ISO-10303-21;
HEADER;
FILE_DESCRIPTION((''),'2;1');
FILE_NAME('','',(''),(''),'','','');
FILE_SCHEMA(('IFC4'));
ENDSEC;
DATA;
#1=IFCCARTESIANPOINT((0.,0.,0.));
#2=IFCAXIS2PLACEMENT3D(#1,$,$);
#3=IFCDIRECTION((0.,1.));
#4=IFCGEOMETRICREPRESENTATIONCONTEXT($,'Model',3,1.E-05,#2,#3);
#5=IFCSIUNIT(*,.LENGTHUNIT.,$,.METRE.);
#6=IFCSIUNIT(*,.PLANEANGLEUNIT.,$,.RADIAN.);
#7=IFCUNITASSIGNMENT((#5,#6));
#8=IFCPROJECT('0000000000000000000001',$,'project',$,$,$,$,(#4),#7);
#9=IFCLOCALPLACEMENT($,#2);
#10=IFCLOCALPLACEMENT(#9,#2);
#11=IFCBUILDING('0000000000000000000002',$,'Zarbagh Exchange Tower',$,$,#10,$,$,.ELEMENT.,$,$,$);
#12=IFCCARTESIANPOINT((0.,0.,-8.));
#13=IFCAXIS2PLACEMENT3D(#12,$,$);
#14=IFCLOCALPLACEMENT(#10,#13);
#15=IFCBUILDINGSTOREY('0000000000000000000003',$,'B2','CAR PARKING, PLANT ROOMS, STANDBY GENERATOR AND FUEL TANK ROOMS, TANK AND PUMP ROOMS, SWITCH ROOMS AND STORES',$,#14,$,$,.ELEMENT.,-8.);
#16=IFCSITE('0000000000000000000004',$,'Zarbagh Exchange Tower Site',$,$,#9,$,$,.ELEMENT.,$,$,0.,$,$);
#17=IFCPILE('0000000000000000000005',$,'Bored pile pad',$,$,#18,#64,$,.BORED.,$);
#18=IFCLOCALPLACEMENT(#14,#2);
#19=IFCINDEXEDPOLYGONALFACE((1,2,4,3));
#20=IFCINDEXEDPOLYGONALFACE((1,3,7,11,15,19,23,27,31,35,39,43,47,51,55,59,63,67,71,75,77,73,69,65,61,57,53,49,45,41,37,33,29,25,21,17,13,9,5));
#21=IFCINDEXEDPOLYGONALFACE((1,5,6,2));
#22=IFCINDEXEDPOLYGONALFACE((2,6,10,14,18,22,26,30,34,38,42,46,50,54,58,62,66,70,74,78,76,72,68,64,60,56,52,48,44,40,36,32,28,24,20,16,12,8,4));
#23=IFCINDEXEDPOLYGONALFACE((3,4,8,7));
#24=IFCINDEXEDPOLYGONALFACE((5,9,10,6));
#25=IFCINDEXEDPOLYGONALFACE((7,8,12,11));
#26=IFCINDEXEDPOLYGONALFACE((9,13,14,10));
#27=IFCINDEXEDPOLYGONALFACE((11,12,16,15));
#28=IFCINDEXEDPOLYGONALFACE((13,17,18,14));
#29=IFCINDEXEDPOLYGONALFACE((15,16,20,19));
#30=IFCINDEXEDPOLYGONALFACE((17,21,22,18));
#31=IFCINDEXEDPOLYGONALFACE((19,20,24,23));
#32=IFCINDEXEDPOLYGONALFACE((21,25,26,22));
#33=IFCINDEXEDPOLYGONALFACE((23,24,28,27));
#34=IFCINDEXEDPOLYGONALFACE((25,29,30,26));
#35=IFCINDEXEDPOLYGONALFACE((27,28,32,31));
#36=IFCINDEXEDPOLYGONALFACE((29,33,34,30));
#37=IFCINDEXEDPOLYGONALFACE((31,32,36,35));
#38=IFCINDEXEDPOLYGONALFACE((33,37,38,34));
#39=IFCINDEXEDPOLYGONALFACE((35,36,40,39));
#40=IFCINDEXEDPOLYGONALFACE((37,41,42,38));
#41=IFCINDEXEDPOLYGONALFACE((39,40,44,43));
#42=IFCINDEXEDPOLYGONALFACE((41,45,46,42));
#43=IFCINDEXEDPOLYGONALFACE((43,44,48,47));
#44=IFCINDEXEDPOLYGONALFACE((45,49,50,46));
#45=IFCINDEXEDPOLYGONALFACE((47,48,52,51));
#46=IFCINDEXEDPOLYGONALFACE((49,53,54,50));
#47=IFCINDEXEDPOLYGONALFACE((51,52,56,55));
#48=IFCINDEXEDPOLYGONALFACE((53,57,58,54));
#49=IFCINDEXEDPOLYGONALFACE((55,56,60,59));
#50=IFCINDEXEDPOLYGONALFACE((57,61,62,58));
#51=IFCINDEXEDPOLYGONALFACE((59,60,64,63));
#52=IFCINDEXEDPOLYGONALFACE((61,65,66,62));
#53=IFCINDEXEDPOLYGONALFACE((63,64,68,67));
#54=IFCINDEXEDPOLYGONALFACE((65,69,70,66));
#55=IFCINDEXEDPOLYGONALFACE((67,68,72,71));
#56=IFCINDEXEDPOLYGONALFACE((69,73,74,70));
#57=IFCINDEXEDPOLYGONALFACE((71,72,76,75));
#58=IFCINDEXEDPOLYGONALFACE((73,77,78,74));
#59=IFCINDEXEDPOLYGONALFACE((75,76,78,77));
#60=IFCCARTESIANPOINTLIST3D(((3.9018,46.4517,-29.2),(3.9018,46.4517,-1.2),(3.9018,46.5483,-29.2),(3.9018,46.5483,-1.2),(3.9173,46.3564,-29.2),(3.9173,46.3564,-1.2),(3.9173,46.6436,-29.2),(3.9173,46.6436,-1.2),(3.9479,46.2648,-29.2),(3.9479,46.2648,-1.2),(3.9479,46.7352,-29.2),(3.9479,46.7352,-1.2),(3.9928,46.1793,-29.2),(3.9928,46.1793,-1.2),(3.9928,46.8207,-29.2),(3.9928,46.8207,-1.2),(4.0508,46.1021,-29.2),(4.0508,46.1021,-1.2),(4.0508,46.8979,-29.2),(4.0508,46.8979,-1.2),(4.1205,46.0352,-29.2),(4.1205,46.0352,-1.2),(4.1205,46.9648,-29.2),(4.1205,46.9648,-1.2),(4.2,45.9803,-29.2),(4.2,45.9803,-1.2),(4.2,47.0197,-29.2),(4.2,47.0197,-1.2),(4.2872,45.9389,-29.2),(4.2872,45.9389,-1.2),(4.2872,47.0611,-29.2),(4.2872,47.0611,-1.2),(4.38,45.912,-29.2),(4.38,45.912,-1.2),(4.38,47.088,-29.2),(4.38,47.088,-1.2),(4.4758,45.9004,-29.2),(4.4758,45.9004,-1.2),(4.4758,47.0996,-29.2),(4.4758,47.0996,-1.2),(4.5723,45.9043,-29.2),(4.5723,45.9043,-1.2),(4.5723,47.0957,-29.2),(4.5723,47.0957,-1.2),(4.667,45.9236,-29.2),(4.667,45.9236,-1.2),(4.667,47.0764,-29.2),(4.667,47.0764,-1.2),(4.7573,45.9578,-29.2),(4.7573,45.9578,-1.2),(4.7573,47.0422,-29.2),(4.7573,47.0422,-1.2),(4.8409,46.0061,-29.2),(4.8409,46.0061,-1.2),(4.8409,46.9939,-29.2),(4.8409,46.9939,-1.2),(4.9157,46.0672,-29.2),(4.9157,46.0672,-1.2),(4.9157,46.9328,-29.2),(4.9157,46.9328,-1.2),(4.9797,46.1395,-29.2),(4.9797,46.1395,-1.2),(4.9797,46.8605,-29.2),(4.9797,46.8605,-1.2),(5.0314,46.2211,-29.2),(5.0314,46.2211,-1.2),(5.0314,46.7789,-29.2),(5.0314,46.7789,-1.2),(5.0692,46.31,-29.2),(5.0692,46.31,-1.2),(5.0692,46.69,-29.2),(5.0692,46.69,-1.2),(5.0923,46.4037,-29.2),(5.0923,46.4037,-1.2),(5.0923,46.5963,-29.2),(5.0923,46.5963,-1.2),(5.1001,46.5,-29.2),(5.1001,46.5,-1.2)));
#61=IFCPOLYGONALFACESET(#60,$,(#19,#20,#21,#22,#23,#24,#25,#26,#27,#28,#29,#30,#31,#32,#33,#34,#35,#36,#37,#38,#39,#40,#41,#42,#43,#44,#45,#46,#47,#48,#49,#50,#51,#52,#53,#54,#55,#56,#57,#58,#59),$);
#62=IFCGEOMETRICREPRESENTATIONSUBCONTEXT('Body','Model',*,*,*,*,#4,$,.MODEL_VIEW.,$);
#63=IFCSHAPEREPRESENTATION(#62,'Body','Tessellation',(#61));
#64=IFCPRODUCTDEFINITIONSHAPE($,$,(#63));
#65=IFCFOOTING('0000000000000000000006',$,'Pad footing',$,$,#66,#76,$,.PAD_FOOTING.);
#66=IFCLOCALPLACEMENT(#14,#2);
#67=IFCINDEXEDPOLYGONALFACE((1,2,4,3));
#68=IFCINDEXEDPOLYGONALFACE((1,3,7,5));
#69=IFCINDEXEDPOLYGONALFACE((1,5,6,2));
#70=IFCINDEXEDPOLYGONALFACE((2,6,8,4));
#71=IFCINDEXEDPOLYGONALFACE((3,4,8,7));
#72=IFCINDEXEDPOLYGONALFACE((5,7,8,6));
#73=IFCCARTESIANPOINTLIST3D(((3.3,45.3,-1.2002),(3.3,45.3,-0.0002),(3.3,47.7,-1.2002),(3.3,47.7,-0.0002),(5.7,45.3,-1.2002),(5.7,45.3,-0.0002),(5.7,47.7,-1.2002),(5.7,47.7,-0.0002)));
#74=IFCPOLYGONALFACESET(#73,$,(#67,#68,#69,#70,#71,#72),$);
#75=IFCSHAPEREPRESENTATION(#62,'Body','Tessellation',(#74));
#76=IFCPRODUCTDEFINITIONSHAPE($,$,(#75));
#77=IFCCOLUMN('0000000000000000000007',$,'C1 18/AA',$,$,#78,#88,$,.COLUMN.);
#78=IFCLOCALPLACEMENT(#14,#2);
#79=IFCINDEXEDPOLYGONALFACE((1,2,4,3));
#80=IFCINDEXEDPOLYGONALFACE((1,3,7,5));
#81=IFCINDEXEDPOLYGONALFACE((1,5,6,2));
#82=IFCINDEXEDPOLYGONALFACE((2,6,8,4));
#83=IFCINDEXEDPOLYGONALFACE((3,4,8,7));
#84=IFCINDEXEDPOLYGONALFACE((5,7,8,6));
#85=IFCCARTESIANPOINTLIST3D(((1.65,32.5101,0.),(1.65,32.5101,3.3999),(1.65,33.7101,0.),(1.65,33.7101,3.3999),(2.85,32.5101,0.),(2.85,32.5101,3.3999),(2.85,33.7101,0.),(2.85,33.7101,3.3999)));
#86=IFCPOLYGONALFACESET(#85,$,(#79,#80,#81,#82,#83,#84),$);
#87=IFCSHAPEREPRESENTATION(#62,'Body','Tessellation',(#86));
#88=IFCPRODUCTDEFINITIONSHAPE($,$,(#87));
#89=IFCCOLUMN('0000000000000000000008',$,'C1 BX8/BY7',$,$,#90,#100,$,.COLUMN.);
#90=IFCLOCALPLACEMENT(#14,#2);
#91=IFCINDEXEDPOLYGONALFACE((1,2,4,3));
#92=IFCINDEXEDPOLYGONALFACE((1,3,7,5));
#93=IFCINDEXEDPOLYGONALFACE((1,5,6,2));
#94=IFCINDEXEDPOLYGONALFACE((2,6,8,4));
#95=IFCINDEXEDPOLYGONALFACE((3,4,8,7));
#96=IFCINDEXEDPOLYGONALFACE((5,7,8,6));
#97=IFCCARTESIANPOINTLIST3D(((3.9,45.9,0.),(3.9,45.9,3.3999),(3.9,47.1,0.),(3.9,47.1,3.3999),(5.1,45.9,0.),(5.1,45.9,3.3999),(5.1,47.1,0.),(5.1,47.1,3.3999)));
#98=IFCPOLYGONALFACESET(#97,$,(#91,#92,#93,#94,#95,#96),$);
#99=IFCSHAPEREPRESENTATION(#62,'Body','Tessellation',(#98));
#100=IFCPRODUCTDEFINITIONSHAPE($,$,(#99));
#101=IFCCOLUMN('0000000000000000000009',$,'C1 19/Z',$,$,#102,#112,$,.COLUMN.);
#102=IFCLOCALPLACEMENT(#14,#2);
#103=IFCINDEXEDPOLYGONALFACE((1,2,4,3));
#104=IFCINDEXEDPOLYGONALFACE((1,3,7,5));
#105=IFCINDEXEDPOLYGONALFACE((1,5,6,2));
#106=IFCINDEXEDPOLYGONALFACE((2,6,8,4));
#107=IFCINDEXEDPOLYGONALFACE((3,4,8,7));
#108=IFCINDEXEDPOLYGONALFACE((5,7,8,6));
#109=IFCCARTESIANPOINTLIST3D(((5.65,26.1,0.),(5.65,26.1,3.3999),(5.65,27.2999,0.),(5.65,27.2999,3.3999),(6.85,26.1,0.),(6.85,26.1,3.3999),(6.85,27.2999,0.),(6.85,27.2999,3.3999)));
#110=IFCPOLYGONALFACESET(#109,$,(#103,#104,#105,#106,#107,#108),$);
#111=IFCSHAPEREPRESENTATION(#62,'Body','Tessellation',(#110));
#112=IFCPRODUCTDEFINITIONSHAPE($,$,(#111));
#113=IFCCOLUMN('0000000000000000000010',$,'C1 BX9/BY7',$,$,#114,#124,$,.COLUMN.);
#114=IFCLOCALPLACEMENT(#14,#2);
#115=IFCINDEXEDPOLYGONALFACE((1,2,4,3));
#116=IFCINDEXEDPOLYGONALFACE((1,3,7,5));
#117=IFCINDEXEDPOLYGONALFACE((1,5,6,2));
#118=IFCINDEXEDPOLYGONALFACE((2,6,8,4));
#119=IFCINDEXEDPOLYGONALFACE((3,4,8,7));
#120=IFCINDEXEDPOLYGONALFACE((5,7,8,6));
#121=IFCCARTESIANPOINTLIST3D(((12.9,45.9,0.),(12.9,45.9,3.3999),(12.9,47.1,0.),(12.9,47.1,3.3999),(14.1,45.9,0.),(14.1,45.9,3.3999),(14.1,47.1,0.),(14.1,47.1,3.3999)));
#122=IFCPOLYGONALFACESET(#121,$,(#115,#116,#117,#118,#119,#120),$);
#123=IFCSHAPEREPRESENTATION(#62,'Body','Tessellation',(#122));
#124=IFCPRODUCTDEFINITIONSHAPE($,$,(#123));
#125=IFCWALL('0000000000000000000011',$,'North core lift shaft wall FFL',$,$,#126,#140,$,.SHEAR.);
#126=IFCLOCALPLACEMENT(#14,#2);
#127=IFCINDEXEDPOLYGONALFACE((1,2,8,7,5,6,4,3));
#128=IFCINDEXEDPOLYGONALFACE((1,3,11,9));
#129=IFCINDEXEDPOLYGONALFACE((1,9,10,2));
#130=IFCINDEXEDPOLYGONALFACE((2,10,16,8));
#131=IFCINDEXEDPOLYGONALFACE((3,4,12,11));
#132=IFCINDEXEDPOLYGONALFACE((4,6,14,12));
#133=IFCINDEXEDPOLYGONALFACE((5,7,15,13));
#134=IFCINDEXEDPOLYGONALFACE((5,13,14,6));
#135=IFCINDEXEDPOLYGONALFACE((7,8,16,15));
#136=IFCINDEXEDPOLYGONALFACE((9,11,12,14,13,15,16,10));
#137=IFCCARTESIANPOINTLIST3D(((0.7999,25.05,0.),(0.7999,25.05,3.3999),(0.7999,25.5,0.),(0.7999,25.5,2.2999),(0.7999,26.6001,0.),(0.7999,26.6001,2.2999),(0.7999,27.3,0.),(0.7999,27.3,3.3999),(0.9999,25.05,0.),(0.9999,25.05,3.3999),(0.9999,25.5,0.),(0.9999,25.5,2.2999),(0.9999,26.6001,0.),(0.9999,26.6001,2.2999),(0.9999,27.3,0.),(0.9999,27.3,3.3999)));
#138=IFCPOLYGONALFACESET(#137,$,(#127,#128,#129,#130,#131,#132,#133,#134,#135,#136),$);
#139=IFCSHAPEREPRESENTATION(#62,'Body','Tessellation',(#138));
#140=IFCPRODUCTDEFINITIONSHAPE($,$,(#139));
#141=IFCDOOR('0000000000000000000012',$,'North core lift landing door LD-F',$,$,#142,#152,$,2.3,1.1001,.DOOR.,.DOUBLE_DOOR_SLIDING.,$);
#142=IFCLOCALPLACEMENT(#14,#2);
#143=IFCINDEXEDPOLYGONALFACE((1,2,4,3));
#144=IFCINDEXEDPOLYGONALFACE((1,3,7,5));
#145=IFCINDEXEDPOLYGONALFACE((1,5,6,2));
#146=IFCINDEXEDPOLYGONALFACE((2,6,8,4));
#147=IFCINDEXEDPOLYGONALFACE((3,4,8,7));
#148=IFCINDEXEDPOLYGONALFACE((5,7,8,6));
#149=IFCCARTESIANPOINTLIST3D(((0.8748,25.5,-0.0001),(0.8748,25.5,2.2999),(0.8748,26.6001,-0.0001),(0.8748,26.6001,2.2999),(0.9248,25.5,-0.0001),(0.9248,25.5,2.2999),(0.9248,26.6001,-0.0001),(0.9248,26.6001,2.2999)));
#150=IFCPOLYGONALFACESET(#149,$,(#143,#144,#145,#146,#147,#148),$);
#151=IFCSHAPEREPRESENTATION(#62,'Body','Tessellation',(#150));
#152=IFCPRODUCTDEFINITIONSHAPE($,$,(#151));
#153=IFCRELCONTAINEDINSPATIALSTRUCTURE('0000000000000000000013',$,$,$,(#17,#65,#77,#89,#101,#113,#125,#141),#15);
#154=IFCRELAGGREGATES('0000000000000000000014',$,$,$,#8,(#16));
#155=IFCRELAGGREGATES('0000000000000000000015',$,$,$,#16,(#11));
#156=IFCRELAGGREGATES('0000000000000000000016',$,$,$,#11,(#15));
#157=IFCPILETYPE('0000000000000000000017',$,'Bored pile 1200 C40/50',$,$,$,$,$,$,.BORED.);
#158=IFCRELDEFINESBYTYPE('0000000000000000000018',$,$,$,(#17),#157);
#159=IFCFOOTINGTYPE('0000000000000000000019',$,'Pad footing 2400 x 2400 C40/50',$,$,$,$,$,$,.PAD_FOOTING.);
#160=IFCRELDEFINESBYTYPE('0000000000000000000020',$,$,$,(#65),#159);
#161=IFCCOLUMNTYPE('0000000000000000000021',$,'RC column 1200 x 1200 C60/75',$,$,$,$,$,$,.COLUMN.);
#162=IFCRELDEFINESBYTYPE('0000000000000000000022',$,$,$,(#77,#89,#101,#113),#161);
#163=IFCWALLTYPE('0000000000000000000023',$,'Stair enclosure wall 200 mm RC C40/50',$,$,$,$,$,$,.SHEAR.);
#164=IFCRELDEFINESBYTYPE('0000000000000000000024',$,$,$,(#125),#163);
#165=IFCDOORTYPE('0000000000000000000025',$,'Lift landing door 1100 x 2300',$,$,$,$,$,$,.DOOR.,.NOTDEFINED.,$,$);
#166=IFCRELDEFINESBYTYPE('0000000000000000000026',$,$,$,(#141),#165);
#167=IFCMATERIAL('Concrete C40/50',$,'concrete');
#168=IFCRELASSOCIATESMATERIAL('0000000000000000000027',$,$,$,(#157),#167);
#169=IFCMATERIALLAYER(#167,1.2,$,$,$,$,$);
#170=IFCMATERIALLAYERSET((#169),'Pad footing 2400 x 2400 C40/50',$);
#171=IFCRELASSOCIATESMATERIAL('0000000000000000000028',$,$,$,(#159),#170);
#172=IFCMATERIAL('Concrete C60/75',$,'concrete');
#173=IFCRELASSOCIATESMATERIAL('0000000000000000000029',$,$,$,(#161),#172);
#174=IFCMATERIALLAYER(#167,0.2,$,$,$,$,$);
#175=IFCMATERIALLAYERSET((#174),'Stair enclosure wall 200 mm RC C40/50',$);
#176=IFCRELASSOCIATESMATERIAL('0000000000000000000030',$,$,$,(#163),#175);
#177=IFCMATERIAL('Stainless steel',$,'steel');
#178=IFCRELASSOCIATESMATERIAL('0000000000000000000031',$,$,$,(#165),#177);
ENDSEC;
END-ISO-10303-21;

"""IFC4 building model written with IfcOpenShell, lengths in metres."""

from ifc_helpers import new_model, si_unit, direction, frame, frame_2d, origin, origin_2d, place, context, subcontext, project, spatial, rectangle, circle, extrude, material, layer, layer_set, material_profile, profile_set, type_object, element, fill, save


model = new_model("IFC4")

# Units and contexts
model_context = context("Model", 3, precision=1e-05, world=origin(), true_north=direction((0.0, 1.0)))
body_context = subcontext(model_context, "Body", "Model", "MODEL_VIEW")
ifc_project = project(units=[si_unit("LENGTHUNIT", "METRE"), si_unit("PLANEANGLEUNIT", "RADIAN")], contexts=[model_context])

# Site, building, storey
site_placement = place(None, origin())
site = spatial("IfcSite", under=ifc_project, at=site_placement, Name="Zarbagh Exchange Tower Site", CompositionType="ELEMENT", RefElevation=0.0)
building_placement = place(site_placement, origin())
building = spatial("IfcBuilding", under=site, at=building_placement, Name="Zarbagh Exchange Tower", CompositionType="ELEMENT")
storey_placement = place(building_placement, frame((0.0, 0.0, -8.0)))
storey = spatial("IfcBuildingStorey", under=building, at=storey_placement, Name="B2", Description="CAR PARKING, PLANT ROOMS, STANDBY GENERATOR AND FUEL TANK ROOMS, TANK AND PUMP ROOMS, SWITCH ROOMS AND STORES", CompositionType="ELEMENT", Elevation=-8.0)

# Pile
ifc_material_1 = material(Name="Concrete C40/50", Category="concrete")
ifc_material_profile_1 = material_profile(ifc_material_1, circle(Radius=0.6001, at=origin_2d()), Name="Bored pile 1200 C40/50")
ifc_profile_set_1 = profile_set([ifc_material_profile_1], Name="Concrete C40/50")
pile_type = type_object("IfcPileType", Name="Bored pile 1200 C40/50", PredefinedType="BORED", material=ifc_profile_set_1)
pile_placement = place(storey_placement, frame((4.5, 46.5, -1.2), z_axis=(0.0, 0.0, -1.0), x_axis=(1.0, 0.0, 0.0)))
element("IfcPile", 1, at=pile_placement, inside=storey, type_object=pile_type, Name="Bored pile pad", PredefinedType="BORED", context=body_context, shape_type="SweptSolid", body=[
    extrude(circle(Radius=0.6001, at=origin_2d()), origin(), (0.0, 0.0, 1.0), 28.0),
])

# Footing
ifc_layer_1 = layer(ifc_material_1, 1.2)
ifc_layer_set_1 = layer_set([ifc_layer_1], Name="Pad footing 2400 x 2400 C40/50")
footing_type = type_object("IfcFootingType", Name="Pad footing 2400 x 2400 C40/50", PredefinedType="PAD_FOOTING", material=ifc_layer_set_1)
footing_placement = place(storey_placement, frame((4.5, 46.5, -1.2002), z_axis=(0.0, 0.0, 1.0), x_axis=(1.0, 0.0, 0.0)))
element("IfcFooting", 2, at=footing_placement, inside=storey, type_object=footing_type, Name="Pad footing", PredefinedType="PAD_FOOTING", context=body_context, shape_type="SweptSolid", body=[
    extrude(rectangle(XDim=2.3999, YDim=2.3999, at=origin_2d()), origin(), (0.0, 0.0, 1.0), 1.2),
])

# Columns
ifc_material_2 = material(Name="Concrete C60/75", Category="concrete")
ifc_material_profile_2 = material_profile(ifc_material_2, rectangle(XDim=1.2, YDim=1.2, at=origin_2d()), Name="RC column 1200 x 1200 C60/75")
ifc_profile_set_2 = profile_set([ifc_material_profile_2], Name="Concrete C60/75")
column_type = type_object("IfcColumnType", Name="RC column 1200 x 1200 C60/75", PredefinedType="COLUMN", material=ifc_profile_set_2)
for number, where, z_axis, x_axis, name in (
    (3, (2.25, 33.1101, 0.0), (0.0, 0.0, 1.0), (1.0, 0.0, 0.0), "C1 18/AA"),
    (4, (4.5, 46.5, 0.0), (0.0, 0.0, 1.0), (1.0, 0.0, 0.0), "C1 BX8/BY7"),
    (5, (6.25, 26.7, 0.0), (0.0, 0.0, 1.0), (1.0, 0.0, 0.0), "C1 19/Z"),
    (6, (13.5, 46.5, 0.0), (0.0, 0.0, 1.0), (1.0, 0.0, 0.0), "C1 BX9/BY7"),
):
    element("IfcColumn", number, at=place(storey_placement, frame(where, z_axis=z_axis, x_axis=x_axis)), inside=storey, type_object=column_type, Name=name, PredefinedType="COLUMN", context=body_context, shape_type="SweptSolid", body=[
        extrude(rectangle(XDim=1.2, YDim=1.2, at=origin_2d()), origin(), (0.0, 0.0, 1.0), 3.3999),
    ])

# Wall, opening, door
ifc_layer_2 = layer(ifc_material_1, 0.2)
ifc_layer_set_2 = layer_set([ifc_layer_2], Name="Stair enclosure wall 200 mm RC C40/50")
wall_type = type_object("IfcWallType", Name="Stair enclosure wall 200 mm RC C40/50", PredefinedType="SHEAR", material=ifc_layer_set_2)
wall_placement = place(storey_placement, frame((0.8999, 27.3, 0.0), z_axis=(0.0, 0.0, 1.0), x_axis=(0.0, -1.0, 0.0)))
wall = element("IfcWall", 7, at=wall_placement, inside=storey, type_object=wall_type, Name="North core lift shaft wall FFL", PredefinedType="SHEAR", context=body_context, shape_type="SweptSolid", body=[
    extrude(rectangle(XDim=2.25, YDim=0.2, at=frame_2d((1.125, 0.0))), origin(), (0.0, 0.0, 1.0), 3.3999),
])
opening_placement = place(wall_placement, frame((0.7, 0.0, 0.0)))
opening = element("IfcOpeningElement", 8, at=opening_placement, cuts=wall, PredefinedType="OPENING", context=body_context, shape_type="SweptSolid", body=[
    extrude(rectangle(XDim=1.1001, YDim=2.3, at=frame_2d((0.55, 1.1499))), frame((0.0, 0.1099, 0.0), z_axis=(0.0, -1.0, 0.0), x_axis=(1.0, 0.0, 0.0)), (0.0, 0.0, 1.0), 0.22),
])
ifc_material_3 = material(Name="Stainless steel", Category="steel")
door_type = type_object("IfcDoorType", Name="Lift landing door 1100 x 2300", OperationType="NOTDEFINED", PredefinedType="DOOR", material=ifc_material_3)
door_placement = place(opening_placement, origin())
door = element("IfcDoor", 9, at=door_placement, inside=storey, type_object=door_type, Name="North core lift landing door LD-F", OperationType="DOUBLE_DOOR_SLIDING", OverallHeight=2.3, OverallWidth=1.1001, PredefinedType="DOOR", context=body_context, shape_type="SweptSolid", body=[
    extrude(rectangle(XDim=1.1001, YDim=2.3, at=frame_2d((0.55, 1.1499))), frame((0.0, 0.0249, 0.0), z_axis=(0.0, -1.0, 0.0), x_axis=(1.0, 0.0, 0.0)), (0.0, 0.0, 1.0), 0.05),
])
fill(opening, door)

save(model, "model.ifc")
